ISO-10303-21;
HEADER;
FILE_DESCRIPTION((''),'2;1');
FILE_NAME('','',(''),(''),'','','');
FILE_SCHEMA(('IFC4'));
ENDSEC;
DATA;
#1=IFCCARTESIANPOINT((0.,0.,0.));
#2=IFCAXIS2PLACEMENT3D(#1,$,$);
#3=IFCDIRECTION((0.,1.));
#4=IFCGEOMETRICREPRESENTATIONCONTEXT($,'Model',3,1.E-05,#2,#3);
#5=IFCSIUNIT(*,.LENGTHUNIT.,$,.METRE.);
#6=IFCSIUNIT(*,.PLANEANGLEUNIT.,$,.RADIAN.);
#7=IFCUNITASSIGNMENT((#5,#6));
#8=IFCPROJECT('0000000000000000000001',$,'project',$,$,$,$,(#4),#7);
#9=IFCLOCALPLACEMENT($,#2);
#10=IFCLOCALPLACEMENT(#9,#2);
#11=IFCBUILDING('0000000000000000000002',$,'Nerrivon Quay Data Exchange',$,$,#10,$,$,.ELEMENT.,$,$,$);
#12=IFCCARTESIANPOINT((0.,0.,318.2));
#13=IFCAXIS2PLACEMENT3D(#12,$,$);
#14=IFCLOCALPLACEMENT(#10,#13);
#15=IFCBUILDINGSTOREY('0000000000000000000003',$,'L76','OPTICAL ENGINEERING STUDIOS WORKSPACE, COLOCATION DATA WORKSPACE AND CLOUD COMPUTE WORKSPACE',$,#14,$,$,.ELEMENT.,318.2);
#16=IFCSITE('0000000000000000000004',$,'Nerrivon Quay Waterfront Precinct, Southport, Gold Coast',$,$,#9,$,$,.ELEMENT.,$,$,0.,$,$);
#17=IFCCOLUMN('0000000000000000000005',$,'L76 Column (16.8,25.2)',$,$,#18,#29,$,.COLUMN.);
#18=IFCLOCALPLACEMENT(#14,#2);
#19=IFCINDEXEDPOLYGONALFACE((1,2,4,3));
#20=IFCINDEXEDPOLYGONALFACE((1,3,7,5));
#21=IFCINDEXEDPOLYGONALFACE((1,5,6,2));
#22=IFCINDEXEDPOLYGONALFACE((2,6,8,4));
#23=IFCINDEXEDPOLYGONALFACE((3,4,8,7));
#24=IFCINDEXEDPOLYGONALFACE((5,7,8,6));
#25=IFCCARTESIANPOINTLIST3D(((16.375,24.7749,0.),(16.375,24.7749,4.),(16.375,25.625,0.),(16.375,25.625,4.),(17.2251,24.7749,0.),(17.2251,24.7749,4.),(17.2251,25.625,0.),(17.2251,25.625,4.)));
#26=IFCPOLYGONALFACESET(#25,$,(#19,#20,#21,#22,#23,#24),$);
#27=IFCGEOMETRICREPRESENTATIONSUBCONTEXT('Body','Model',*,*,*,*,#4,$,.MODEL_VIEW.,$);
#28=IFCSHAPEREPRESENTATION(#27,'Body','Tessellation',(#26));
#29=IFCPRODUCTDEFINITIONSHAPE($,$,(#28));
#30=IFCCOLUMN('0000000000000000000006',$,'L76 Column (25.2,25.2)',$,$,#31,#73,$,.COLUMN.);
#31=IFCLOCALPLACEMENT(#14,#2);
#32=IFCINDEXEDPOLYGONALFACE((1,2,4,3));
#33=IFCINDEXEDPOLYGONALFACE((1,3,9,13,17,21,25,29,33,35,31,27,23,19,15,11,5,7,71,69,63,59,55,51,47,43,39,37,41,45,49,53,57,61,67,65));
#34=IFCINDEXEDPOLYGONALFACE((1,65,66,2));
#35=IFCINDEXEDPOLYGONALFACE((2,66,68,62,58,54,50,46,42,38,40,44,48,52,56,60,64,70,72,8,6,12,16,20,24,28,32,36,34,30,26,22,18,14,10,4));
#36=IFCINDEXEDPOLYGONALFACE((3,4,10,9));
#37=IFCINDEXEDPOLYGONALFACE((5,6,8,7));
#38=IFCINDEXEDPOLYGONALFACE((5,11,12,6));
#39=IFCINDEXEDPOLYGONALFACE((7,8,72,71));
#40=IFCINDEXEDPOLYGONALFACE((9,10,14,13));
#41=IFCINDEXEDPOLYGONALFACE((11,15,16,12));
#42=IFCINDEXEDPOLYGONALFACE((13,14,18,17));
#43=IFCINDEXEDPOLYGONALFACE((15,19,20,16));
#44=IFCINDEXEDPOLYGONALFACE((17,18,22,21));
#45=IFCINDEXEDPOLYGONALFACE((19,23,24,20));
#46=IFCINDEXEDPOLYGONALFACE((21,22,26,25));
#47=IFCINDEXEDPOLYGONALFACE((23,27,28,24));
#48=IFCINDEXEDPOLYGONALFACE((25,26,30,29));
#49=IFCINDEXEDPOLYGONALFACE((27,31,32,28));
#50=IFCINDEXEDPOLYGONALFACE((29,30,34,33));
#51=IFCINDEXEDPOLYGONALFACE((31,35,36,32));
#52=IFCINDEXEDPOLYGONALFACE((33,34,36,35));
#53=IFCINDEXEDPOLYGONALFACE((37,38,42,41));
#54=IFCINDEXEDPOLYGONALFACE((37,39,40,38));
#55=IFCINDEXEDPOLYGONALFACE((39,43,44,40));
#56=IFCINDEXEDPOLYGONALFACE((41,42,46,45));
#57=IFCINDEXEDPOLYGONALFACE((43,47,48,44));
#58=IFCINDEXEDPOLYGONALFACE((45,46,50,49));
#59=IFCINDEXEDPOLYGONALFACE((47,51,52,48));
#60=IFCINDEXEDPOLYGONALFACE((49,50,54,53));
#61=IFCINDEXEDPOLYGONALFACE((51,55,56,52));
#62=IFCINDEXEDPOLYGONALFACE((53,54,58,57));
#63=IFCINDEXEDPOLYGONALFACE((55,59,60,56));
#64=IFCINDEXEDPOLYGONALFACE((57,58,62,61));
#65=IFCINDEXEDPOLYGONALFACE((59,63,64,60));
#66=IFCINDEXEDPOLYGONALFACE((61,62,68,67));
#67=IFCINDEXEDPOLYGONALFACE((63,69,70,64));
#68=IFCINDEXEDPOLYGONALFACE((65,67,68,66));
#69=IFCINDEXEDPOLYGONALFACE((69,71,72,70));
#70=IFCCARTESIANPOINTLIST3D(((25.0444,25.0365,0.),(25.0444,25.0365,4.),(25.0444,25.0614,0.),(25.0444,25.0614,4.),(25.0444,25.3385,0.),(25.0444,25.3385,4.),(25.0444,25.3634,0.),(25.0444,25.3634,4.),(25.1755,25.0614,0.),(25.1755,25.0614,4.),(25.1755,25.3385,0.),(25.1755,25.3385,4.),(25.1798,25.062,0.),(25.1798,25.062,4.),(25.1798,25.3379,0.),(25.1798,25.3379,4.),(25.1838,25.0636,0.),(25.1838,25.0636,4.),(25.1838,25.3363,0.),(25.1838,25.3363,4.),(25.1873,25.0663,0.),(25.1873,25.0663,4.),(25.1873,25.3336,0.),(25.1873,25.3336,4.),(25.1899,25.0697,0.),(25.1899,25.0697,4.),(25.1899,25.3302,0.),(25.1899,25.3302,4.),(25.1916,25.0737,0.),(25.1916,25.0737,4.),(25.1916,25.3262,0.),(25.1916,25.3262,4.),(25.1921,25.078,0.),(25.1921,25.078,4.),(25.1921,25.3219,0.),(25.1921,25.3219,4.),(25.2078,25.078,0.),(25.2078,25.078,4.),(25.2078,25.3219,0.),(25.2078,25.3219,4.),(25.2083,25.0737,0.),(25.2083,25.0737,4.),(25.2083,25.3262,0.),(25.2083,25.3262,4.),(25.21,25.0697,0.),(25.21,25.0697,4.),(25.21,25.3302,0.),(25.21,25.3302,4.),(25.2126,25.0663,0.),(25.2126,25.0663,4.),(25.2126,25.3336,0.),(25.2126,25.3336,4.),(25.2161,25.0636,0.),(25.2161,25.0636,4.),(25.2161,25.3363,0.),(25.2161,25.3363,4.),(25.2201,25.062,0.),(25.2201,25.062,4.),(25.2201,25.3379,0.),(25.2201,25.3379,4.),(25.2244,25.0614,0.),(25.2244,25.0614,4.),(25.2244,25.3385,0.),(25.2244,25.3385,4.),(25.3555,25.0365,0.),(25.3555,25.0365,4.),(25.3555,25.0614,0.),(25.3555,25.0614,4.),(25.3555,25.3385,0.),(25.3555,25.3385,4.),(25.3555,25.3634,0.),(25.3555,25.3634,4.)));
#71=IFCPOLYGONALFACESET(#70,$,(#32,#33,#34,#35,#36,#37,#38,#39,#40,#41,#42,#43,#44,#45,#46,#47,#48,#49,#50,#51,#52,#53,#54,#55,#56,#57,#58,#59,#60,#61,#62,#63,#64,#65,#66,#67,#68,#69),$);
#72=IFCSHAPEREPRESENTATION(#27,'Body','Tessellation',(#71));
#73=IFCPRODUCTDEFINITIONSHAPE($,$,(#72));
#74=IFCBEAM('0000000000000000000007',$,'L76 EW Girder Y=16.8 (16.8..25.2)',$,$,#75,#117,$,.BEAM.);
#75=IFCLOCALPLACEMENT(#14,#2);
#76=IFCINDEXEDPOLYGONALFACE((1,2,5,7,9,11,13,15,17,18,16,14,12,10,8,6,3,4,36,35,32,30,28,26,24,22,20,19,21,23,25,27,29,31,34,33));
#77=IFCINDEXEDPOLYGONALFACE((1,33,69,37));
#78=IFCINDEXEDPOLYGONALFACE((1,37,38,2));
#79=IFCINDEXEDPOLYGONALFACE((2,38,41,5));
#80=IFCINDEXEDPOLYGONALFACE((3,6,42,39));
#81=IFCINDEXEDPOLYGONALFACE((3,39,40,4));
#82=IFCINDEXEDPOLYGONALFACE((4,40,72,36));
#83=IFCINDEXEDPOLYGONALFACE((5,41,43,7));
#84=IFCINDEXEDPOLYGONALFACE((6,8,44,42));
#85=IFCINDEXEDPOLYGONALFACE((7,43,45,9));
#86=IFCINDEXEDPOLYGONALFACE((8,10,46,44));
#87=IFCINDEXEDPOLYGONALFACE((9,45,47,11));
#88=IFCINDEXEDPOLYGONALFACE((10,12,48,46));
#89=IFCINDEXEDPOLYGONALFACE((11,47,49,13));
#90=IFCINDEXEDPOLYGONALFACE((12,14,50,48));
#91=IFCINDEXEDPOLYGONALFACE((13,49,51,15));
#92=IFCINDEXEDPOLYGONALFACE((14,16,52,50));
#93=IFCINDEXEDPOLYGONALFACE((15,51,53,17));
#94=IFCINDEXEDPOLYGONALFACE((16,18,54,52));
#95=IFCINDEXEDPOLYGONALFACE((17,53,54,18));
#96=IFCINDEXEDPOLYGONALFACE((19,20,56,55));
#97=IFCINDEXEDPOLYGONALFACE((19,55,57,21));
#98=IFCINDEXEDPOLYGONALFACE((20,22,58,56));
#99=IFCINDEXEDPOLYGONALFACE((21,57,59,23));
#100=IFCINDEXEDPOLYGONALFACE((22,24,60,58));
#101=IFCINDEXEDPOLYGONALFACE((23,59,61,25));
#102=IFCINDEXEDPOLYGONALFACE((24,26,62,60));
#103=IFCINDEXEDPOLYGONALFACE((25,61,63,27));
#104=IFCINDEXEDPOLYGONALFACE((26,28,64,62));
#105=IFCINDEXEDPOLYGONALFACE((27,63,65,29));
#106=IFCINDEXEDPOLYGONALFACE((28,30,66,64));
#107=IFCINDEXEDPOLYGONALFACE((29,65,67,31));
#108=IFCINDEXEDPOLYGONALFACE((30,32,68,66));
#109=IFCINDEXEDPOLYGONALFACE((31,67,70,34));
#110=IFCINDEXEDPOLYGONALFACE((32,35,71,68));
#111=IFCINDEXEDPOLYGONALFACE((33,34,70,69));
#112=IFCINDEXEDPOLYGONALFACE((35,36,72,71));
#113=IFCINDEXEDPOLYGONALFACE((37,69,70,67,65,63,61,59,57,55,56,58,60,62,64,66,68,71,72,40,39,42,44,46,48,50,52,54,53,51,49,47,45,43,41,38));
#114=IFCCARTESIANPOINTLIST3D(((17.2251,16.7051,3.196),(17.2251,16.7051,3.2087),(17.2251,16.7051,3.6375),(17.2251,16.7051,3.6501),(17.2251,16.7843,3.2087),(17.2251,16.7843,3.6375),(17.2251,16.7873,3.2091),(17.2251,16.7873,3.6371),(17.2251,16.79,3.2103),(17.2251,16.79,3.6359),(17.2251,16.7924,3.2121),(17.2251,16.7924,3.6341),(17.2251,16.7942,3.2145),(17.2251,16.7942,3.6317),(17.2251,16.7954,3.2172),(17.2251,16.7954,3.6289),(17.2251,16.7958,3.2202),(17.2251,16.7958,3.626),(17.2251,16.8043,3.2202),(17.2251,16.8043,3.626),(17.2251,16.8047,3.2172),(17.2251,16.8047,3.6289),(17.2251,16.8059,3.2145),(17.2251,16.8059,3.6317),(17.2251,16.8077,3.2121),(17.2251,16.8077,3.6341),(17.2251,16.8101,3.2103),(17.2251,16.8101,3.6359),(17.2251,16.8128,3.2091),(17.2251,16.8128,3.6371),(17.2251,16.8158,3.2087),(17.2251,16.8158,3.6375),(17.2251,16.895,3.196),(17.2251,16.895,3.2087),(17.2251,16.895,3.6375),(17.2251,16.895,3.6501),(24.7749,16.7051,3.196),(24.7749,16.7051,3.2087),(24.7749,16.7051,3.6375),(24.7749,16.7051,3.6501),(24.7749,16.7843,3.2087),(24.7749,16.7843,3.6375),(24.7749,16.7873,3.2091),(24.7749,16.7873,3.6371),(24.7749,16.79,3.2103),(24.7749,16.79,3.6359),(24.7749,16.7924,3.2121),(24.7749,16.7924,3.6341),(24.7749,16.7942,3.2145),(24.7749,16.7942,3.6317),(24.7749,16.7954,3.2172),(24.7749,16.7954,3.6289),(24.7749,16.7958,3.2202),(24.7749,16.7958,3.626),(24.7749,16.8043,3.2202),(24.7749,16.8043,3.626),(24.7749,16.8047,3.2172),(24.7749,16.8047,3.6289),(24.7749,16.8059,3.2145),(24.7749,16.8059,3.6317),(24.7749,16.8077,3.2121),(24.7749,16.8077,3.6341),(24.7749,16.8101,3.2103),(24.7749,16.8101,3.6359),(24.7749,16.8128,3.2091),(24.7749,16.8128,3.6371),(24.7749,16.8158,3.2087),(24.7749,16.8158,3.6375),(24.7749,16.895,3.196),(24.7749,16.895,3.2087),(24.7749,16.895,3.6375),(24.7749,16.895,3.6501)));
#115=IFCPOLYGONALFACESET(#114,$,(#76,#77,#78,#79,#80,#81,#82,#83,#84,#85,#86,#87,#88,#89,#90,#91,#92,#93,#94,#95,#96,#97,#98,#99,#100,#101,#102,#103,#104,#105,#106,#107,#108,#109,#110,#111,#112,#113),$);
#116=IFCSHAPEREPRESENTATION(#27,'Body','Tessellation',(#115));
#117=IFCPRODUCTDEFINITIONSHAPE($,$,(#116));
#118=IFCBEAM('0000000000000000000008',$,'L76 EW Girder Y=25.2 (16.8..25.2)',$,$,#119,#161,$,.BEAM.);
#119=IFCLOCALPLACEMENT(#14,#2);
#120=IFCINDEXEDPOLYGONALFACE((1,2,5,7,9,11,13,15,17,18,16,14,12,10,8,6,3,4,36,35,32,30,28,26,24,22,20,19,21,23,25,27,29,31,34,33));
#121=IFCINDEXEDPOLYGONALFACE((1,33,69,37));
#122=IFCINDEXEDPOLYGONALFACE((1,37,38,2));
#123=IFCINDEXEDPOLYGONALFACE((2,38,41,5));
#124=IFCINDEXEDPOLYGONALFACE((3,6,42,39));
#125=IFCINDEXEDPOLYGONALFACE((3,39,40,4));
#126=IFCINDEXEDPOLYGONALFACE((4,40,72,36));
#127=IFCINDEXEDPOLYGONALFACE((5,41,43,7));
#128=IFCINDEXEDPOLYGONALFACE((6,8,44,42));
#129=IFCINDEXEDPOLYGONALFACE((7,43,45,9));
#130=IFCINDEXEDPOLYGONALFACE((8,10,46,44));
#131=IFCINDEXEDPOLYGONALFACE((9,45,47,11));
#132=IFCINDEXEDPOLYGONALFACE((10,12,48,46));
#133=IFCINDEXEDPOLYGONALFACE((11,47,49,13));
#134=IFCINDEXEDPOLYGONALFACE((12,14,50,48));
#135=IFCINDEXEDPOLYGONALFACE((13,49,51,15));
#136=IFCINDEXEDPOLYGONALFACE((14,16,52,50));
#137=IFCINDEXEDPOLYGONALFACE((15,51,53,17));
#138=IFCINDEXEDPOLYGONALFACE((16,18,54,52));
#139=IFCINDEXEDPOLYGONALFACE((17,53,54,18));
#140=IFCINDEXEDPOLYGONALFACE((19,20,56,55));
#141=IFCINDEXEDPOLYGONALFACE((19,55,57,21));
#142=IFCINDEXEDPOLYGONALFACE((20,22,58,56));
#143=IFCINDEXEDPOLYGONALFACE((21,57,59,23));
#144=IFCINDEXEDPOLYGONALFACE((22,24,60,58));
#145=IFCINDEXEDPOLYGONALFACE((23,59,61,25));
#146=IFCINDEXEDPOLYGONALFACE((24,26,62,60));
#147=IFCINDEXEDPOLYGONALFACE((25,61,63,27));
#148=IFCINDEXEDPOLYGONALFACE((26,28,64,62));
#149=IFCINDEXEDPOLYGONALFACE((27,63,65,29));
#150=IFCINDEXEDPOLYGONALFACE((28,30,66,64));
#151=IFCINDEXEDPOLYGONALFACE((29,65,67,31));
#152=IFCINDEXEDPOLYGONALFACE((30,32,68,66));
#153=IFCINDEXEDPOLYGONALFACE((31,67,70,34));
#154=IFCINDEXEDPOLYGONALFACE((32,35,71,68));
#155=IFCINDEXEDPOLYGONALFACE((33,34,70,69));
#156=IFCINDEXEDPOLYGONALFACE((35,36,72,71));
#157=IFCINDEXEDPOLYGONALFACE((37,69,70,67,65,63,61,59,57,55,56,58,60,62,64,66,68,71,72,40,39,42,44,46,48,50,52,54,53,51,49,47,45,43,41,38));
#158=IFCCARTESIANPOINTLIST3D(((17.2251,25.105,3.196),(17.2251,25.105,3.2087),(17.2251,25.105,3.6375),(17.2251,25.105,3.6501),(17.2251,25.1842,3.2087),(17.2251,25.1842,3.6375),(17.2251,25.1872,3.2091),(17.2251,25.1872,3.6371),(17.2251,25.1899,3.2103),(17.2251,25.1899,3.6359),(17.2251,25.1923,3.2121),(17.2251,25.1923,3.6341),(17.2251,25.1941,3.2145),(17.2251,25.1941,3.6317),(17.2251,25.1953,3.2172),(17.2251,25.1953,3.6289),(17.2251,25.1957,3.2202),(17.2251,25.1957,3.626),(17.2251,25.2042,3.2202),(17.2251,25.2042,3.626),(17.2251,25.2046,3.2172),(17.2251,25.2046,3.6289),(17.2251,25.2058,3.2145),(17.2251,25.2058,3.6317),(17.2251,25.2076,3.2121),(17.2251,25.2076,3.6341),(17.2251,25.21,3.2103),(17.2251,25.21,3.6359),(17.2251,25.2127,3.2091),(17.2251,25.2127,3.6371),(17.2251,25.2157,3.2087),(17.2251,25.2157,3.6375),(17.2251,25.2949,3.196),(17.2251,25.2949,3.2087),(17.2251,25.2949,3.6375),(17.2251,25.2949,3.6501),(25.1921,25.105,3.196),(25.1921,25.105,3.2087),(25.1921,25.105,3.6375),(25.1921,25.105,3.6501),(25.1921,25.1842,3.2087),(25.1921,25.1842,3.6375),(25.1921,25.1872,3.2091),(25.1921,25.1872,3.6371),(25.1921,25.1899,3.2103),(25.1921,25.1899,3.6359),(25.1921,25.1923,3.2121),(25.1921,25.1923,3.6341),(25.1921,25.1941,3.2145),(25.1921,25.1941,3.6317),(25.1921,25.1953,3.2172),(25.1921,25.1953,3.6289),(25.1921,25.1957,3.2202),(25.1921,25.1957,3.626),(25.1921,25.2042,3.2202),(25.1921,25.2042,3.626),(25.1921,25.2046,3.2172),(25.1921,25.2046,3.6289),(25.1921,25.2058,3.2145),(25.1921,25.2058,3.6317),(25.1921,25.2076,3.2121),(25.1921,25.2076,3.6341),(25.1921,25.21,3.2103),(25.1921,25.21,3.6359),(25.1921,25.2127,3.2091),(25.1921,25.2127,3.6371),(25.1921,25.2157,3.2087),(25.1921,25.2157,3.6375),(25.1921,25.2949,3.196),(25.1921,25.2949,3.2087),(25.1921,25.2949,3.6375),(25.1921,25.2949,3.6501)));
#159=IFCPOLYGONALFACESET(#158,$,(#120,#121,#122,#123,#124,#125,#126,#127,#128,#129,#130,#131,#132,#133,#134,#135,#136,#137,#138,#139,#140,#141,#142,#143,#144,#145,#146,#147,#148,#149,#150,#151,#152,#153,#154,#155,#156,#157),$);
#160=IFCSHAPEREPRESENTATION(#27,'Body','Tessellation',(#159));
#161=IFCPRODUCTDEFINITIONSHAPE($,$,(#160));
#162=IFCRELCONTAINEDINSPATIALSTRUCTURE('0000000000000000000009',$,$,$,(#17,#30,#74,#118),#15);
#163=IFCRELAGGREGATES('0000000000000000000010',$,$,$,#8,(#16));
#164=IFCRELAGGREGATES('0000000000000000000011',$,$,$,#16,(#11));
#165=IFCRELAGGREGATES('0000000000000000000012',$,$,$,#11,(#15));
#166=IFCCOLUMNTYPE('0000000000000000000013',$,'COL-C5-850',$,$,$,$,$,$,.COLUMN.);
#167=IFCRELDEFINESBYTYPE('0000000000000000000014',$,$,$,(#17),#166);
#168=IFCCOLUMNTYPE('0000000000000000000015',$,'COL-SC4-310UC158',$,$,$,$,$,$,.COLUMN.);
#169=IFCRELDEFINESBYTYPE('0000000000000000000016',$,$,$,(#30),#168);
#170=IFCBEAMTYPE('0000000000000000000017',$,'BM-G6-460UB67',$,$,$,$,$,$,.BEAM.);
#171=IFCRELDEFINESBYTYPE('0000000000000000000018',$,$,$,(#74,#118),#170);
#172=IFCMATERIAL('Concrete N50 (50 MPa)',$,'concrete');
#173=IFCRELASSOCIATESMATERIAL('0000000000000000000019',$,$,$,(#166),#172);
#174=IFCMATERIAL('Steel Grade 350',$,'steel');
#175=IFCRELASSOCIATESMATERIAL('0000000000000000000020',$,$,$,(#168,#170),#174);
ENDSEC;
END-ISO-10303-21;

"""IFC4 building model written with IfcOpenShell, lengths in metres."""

from ifc_helpers import new_model, si_unit, direction, frame, origin, origin_2d, place, context, subcontext, project, spatial, rectangle, i_section, extrude, material, material_profile, profile_set, type_object, element, save


model = new_model("IFC4")

# Units and contexts
model_context = context("Model", 3, precision=1e-05, world=origin(), true_north=direction((0.0, 1.0)))
body_context = subcontext(model_context, "Body", "Model", "MODEL_VIEW")
ifc_project = project(units=[si_unit("LENGTHUNIT", "METRE"), si_unit("PLANEANGLEUNIT", "RADIAN")], contexts=[model_context])

# Site, building, storey
site_placement = place(None, origin())
site = spatial("IfcSite", under=ifc_project, at=site_placement, Name="Nerrivon Quay Waterfront Precinct, Southport, Gold Coast", CompositionType="ELEMENT", RefElevation=0.0)
building_placement = place(site_placement, origin())
building = spatial("IfcBuilding", under=site, at=building_placement, Name="Nerrivon Quay Data Exchange", CompositionType="ELEMENT")
storey_placement = place(building_placement, frame((0.0, 0.0, 318.2)))
storey = spatial("IfcBuildingStorey", under=building, at=storey_placement, Name="L76", Description="OPTICAL ENGINEERING STUDIOS WORKSPACE, COLOCATION DATA WORKSPACE AND CLOUD COMPUTE WORKSPACE", CompositionType="ELEMENT", Elevation=318.2)

# Columns
ifc_material_1 = material(Name="Concrete N50 (50 MPa)", Category="concrete")
ifc_material_profile_1 = material_profile(ifc_material_1, rectangle(XDim=0.8501, YDim=0.8501, at=origin_2d()), Name="RC-COL-850x850")
ifc_profile_set_1 = profile_set([ifc_material_profile_1], Name="Concrete N50 (50 MPa)")
column_type_1 = type_object("IfcColumnType", Name="COL-C5-850", PredefinedType="COLUMN", material=ifc_profile_set_1)
column_1_placement = place(storey_placement, frame((16.8, 25.2, 0.0), z_axis=(0.0, 0.0, 1.0), x_axis=(1.0, 0.0, 0.0)))
element("IfcColumn", 1, at=column_1_placement, inside=storey, type_object=column_type_1, Name="L76 Column (16.8,25.2)", PredefinedType="COLUMN", context=body_context, shape_type="SweptSolid", body=[
    extrude(rectangle(XDim=0.8501, YDim=0.8501, at=origin_2d()), origin(), (0.0, 0.0, 1.0), 4.0),
])
ifc_material_2 = material(Name="Steel Grade 350", Category="steel")
ifc_material_profile_2 = material_profile(ifc_material_2, i_section(OverallWidth=0.311, OverallDepth=0.3269, WebThickness=0.0156, FlangeThickness=0.0249, FilletRadius=0.0166, at=origin_2d()), Name="310UC158")
ifc_profile_set_2 = profile_set([ifc_material_profile_2], Name="Steel Grade 350")
column_type_2 = type_object("IfcColumnType", Name="COL-SC4-310UC158", PredefinedType="COLUMN", material=ifc_profile_set_2)
column_2_placement = place(storey_placement, frame((25.2, 25.2, 0.0), z_axis=(0.0, 0.0, 1.0), x_axis=(1.0, 0.0, 0.0)))
element("IfcColumn", 2, at=column_2_placement, inside=storey, type_object=column_type_2, Name="L76 Column (25.2,25.2)", PredefinedType="COLUMN", context=body_context, shape_type="SweptSolid", body=[
    extrude(i_section(OverallWidth=0.311, OverallDepth=0.3269, WebThickness=0.0156, FlangeThickness=0.0249, FilletRadius=0.0166, at=origin_2d()), origin(), (0.0, 0.0, 1.0), 4.0),
])

# Beams
ifc_material_profile_3 = material_profile(ifc_material_2, i_section(OverallWidth=0.1899, OverallDepth=0.4541, WebThickness=0.0085, FlangeThickness=0.0127, FilletRadius=0.0115, at=origin_2d()), Name="460UB67.1")
ifc_profile_set_3 = profile_set([ifc_material_profile_3], Name="Steel Grade 350")
beam_type_1 = type_object("IfcBeamType", Name="BM-G6-460UB67", PredefinedType="BEAM", material=ifc_profile_set_3)
beam_1_placement = place(storey_placement, frame((17.2251, 16.8, 3.4231), z_axis=(1.0, 0.0, 0.0), x_axis=(0.0, 1.0, 0.0)))
element("IfcBeam", 3, at=beam_1_placement, inside=storey, type_object=beam_type_1, Name="L76 EW Girder Y=16.8 (16.8..25.2)", PredefinedType="BEAM", context=body_context, shape_type="SweptSolid", body=[
    extrude(i_section(OverallWidth=0.1899, OverallDepth=0.4541, WebThickness=0.0085, FlangeThickness=0.0127, FilletRadius=0.0115, at=origin_2d()), origin(), (0.0, 0.0, 1.0), 7.5498),
])
beam_2_placement = place(storey_placement, frame((17.2251, 25.2, 3.4231), z_axis=(1.0, 0.0, 0.0), x_axis=(0.0, 1.0, 0.0)))
element("IfcBeam", 4, at=beam_2_placement, inside=storey, type_object=beam_type_1, Name="L76 EW Girder Y=25.2 (16.8..25.2)", PredefinedType="BEAM", context=body_context, shape_type="SweptSolid", body=[
    extrude(i_section(OverallWidth=0.1899, OverallDepth=0.4541, WebThickness=0.0085, FlangeThickness=0.0127, FilletRadius=0.0115, at=origin_2d()), origin(), (0.0, 0.0, 1.0), 7.967),
])

save(model, "model.ifc")
